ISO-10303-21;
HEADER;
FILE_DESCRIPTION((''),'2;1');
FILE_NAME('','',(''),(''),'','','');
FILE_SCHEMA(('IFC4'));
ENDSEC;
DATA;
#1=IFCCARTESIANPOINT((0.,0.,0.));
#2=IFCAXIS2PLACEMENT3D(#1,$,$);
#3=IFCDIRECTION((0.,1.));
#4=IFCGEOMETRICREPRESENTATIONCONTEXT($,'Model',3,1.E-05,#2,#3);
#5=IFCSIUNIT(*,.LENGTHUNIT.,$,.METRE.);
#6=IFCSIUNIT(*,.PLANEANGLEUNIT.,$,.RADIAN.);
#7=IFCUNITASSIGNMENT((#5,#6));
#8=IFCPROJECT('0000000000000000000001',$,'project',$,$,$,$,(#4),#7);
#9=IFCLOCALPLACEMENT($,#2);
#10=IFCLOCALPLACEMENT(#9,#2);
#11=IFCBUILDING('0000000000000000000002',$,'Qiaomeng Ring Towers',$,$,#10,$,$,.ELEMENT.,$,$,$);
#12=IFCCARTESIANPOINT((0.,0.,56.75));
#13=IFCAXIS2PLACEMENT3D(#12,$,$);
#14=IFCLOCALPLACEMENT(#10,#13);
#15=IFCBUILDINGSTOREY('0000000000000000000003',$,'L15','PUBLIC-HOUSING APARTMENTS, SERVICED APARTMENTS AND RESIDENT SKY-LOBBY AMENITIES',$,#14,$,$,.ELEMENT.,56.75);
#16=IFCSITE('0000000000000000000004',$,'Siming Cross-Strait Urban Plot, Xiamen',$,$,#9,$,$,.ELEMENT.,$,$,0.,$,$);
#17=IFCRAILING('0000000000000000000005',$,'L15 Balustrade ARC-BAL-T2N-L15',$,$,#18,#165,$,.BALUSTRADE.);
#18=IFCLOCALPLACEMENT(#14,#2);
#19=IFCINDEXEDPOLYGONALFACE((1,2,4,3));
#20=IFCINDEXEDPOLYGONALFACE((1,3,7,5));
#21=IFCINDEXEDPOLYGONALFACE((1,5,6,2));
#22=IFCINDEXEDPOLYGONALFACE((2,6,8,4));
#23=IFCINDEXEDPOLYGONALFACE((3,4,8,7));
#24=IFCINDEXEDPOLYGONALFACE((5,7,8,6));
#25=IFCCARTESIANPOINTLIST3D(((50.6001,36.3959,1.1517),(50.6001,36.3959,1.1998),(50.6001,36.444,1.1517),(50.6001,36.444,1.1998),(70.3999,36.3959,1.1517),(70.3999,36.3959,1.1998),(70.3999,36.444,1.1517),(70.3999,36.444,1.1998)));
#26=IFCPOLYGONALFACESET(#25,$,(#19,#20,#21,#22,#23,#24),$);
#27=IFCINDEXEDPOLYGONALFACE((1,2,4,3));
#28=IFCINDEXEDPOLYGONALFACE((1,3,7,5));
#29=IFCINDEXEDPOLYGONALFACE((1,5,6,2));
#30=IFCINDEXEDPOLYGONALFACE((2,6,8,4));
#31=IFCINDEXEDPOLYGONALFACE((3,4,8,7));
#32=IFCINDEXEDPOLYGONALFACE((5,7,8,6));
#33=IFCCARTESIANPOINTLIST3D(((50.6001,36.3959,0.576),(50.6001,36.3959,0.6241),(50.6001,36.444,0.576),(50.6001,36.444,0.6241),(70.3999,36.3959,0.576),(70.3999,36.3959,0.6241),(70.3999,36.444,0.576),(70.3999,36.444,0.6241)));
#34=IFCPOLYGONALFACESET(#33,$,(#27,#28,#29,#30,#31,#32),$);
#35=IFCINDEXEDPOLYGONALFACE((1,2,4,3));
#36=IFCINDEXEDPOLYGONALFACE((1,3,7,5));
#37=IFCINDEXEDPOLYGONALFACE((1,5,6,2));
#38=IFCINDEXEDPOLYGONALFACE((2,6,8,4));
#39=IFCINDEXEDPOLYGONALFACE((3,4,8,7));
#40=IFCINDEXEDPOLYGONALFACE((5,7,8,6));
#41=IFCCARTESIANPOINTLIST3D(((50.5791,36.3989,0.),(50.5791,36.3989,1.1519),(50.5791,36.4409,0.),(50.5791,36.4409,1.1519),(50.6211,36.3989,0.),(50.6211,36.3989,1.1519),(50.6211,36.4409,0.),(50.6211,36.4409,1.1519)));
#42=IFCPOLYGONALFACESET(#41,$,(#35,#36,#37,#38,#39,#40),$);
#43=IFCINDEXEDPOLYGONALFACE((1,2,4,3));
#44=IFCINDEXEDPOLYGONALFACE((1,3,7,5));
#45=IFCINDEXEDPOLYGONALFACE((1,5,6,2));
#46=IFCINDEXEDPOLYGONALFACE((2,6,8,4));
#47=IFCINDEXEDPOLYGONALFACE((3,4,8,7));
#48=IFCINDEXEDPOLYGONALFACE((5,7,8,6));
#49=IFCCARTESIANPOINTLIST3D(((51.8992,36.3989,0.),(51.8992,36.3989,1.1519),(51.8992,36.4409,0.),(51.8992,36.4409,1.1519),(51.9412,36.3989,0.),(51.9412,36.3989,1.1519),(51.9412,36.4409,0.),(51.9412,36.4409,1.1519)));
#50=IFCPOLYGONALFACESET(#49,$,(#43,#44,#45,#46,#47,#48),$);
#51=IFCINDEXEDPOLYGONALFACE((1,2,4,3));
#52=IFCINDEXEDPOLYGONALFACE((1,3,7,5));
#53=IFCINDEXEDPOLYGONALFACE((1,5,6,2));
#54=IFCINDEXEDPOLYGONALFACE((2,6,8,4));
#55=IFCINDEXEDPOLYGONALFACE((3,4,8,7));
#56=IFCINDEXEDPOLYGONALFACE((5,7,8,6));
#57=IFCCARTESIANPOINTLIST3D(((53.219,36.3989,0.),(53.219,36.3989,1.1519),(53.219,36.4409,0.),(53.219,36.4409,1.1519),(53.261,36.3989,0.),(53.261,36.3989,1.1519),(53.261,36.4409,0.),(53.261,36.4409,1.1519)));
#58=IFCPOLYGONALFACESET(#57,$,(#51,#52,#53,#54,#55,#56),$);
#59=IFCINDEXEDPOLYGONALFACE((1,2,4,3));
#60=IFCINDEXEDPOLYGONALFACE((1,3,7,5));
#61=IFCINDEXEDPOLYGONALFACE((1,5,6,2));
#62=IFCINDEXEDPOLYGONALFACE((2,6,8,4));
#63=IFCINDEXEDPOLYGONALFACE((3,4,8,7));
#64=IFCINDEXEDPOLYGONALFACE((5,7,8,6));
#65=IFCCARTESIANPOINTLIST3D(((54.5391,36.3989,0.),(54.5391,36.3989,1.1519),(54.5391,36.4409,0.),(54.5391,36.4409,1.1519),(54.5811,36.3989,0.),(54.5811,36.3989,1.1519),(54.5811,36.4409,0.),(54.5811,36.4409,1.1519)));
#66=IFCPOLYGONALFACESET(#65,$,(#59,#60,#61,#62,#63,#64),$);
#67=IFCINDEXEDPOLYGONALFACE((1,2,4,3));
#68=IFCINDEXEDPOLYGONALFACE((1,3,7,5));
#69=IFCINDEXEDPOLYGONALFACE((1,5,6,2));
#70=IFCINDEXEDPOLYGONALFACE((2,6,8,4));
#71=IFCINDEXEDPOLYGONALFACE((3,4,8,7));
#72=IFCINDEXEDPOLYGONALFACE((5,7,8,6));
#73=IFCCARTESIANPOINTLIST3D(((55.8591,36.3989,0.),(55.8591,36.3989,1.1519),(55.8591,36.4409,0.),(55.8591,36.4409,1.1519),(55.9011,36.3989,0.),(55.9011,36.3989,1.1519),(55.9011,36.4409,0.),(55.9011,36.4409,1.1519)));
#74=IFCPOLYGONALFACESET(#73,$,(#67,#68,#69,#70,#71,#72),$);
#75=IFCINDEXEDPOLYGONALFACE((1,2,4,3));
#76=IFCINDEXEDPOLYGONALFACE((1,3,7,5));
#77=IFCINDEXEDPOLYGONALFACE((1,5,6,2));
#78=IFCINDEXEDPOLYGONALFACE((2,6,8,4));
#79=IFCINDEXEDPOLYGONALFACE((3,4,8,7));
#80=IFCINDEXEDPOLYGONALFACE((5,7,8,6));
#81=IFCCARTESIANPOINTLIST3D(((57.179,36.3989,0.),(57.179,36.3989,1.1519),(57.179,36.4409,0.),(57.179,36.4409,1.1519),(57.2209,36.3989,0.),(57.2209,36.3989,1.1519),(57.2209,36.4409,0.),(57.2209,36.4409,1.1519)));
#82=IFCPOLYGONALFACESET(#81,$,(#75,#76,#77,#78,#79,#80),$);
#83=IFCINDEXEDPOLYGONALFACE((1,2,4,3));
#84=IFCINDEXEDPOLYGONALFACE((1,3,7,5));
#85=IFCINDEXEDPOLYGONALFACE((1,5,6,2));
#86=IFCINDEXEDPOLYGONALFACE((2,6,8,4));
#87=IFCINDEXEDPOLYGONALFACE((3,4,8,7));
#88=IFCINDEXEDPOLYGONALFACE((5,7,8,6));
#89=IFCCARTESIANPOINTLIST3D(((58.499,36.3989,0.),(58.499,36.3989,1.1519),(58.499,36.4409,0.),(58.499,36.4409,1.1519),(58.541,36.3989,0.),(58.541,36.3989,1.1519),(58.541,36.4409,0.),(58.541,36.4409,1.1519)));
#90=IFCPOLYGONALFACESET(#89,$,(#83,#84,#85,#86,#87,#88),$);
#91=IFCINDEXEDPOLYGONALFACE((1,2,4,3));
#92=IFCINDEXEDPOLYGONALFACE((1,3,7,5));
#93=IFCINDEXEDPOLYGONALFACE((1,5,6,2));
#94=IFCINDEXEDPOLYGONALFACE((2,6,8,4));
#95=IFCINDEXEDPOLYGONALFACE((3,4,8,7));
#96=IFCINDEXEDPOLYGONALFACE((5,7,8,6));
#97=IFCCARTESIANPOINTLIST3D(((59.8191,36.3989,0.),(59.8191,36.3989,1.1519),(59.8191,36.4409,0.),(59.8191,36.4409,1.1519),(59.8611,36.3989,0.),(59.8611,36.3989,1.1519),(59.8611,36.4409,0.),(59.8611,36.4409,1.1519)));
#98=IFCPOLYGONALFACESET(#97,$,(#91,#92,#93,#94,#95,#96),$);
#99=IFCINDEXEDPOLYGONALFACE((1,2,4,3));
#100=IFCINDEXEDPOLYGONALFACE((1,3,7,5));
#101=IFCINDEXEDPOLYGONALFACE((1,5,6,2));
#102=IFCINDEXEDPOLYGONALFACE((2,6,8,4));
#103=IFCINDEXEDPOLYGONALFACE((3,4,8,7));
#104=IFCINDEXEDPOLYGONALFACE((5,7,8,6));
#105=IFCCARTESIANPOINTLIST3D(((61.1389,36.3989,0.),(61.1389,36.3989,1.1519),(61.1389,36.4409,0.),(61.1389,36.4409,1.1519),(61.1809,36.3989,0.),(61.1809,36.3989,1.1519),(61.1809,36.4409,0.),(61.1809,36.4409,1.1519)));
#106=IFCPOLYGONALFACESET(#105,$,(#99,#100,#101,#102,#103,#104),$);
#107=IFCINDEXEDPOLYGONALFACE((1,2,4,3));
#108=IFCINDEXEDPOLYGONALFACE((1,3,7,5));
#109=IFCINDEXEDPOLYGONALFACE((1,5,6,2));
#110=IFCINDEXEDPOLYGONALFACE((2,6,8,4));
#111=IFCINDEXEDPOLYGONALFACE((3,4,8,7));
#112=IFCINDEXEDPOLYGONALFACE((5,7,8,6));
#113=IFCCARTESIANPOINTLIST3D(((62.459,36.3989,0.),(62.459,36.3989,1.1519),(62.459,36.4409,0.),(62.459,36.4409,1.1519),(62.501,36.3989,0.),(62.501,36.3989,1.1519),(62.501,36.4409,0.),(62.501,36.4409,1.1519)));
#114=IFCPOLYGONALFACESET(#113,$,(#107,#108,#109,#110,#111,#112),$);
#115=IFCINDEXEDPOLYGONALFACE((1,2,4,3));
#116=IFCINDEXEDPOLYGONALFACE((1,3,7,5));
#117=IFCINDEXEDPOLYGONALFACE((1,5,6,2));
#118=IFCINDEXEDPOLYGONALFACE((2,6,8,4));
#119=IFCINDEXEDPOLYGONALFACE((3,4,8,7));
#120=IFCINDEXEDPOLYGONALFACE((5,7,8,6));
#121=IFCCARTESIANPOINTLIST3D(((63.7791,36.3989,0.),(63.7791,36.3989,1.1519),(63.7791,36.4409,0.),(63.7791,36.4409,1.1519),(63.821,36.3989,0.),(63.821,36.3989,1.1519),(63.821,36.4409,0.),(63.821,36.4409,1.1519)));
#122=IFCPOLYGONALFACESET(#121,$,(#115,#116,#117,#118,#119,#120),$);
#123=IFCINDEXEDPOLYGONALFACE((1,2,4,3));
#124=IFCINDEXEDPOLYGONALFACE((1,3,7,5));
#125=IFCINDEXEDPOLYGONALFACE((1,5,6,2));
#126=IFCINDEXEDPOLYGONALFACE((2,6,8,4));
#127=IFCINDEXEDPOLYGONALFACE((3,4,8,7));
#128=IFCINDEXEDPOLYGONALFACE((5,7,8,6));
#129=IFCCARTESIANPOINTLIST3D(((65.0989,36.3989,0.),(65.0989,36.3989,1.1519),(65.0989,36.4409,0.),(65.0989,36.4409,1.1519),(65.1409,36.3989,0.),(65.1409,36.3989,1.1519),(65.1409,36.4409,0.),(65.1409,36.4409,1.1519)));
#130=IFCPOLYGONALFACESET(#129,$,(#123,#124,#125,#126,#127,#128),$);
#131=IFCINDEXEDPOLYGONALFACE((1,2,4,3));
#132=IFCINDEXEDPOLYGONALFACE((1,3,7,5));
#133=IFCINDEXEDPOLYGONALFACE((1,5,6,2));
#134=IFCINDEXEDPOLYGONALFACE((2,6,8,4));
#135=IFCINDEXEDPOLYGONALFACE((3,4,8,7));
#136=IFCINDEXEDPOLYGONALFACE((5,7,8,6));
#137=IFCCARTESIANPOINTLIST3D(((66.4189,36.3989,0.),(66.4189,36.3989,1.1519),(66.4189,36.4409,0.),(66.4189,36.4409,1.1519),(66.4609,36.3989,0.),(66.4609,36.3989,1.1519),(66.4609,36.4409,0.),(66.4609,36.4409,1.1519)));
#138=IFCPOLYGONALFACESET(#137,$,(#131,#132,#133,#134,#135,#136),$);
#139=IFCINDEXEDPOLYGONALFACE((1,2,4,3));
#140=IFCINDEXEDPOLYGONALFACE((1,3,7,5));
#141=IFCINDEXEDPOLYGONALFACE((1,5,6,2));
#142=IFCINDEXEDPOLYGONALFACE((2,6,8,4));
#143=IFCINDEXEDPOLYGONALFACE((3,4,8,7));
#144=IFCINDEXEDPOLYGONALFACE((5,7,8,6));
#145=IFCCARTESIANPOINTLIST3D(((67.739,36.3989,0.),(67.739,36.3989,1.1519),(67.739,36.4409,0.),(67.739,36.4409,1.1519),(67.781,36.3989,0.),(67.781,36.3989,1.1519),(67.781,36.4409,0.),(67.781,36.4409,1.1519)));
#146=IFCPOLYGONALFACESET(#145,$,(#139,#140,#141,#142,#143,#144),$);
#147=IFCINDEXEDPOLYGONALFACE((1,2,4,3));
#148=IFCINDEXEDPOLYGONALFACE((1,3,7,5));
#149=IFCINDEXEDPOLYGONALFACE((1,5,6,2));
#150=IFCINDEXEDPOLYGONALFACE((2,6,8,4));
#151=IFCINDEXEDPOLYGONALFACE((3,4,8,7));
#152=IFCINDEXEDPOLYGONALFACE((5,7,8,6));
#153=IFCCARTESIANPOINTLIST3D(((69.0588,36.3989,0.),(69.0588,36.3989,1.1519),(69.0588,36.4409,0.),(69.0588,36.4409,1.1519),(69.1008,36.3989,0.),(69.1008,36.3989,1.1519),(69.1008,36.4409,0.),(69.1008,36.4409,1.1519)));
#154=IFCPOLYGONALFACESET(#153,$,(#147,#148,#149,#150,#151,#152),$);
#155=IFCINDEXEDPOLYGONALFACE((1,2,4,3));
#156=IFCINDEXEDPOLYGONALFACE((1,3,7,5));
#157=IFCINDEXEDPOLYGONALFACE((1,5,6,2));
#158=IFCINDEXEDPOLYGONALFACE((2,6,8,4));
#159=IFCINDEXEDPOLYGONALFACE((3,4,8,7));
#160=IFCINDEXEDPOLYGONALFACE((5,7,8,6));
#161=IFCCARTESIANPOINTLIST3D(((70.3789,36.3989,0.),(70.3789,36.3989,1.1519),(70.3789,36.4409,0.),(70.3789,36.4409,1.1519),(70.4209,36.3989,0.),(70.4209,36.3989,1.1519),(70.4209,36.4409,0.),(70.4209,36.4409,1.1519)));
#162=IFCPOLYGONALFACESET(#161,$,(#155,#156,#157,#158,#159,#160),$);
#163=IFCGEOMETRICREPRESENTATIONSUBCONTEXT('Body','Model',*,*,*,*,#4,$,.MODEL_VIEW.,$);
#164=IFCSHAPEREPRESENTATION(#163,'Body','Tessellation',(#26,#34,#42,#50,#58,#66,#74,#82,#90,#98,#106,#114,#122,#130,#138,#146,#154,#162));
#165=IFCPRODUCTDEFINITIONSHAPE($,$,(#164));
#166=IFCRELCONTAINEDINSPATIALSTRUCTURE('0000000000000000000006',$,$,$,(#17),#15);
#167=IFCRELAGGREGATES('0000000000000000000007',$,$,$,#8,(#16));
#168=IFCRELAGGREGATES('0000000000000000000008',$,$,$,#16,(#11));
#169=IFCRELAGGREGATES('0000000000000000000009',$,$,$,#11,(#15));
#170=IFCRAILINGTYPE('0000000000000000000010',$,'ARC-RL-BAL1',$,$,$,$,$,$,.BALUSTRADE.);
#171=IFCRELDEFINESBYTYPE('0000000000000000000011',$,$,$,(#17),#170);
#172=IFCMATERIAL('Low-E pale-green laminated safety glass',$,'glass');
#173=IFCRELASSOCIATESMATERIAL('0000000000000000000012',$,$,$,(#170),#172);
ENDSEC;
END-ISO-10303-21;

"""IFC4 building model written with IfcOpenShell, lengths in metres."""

from ifc_helpers import new_model, si_unit, direction, frame, origin, origin_2d, place, context, subcontext, project, spatial, rectangle, extrude, material, type_object, element, save


model = new_model("IFC4")

# Units and contexts
model_context = context("Model", 3, precision=1e-05, world=origin(), true_north=direction((0.0, 1.0)))
body_context = subcontext(model_context, "Body", "Model", "MODEL_VIEW")
ifc_project = project(units=[si_unit("LENGTHUNIT", "METRE"), si_unit("PLANEANGLEUNIT", "RADIAN")], contexts=[model_context])

# Site, building, storey
site_placement = place(None, origin())
site = spatial("IfcSite", under=ifc_project, at=site_placement, Name="Siming Cross-Strait Urban Plot, Xiamen", CompositionType="ELEMENT", RefElevation=0.0)
building_placement = place(site_placement, origin())
building = spatial("IfcBuilding", under=site, at=building_placement, Name="Qiaomeng Ring Towers", CompositionType="ELEMENT")
storey_placement = place(building_placement, frame((0.0, 0.0, 56.75)))
storey = spatial("IfcBuildingStorey", under=building, at=storey_placement, Name="L15", Description="PUBLIC-HOUSING APARTMENTS, SERVICED APARTMENTS AND RESIDENT SKY-LOBBY AMENITIES", CompositionType="ELEMENT", Elevation=56.75)

# Railing
ifc_material_1 = material(Name="Low-E pale-green laminated safety glass", Category="glass")
railing_type = type_object("IfcRailingType", Name="ARC-RL-BAL1", PredefinedType="BALUSTRADE", material=ifc_material_1)
railing_1_placement = place(storey_placement, frame((50.6001, 36.4199, 0.0)))
element("IfcRailing", 1, at=railing_1_placement, inside=storey, type_object=railing_type, Name="L15 Balustrade ARC-BAL-T2N-L15", PredefinedType="BALUSTRADE", context=body_context, shape_type="SweptSolid", body=[
    extrude(rectangle(XDim=0.0481, YDim=0.0481, at=origin_2d()), frame((0.0, 0.0, 1.1758), z_axis=(1.0, 0.0, 0.0), x_axis=(0.0, 1.0, 0.0)), (0.0, 0.0, 1.0), 19.7998),
    extrude(rectangle(XDim=0.0481, YDim=0.0481, at=origin_2d()), frame((0.0, 0.0, 0.6001), z_axis=(1.0, 0.0, 0.0), x_axis=(0.0, 1.0, 0.0)), (0.0, 0.0, 1.0), 19.7998),
    extrude(rectangle(XDim=0.042, YDim=0.042, at=origin_2d()), origin(), (0.0, 0.0, 1.0), 1.1519),
    extrude(rectangle(XDim=0.042, YDim=0.042, at=origin_2d()), frame((1.3201, 0.0, 0.0)), (0.0, 0.0, 1.0), 1.1519),
    extrude(rectangle(XDim=0.042, YDim=0.042, at=origin_2d()), frame((2.6399, 0.0, 0.0)), (0.0, 0.0, 1.0), 1.1519),
    extrude(rectangle(XDim=0.042, YDim=0.042, at=origin_2d()), frame((3.96, 0.0, 0.0)), (0.0, 0.0, 1.0), 1.1519),
    extrude(rectangle(XDim=0.042, YDim=0.042, at=origin_2d()), frame((5.28, 0.0, 0.0)), (0.0, 0.0, 1.0), 1.1519),
    extrude(rectangle(XDim=0.042, YDim=0.042, at=origin_2d()), frame((6.5999, 0.0, 0.0)), (0.0, 0.0, 1.0), 1.1519),
    extrude(rectangle(XDim=0.042, YDim=0.042, at=origin_2d()), frame((7.9199, 0.0, 0.0)), (0.0, 0.0, 1.0), 1.1519),
    extrude(rectangle(XDim=0.042, YDim=0.042, at=origin_2d()), frame((9.24, 0.0, 0.0)), (0.0, 0.0, 1.0), 1.1519),
    extrude(rectangle(XDim=0.042, YDim=0.042, at=origin_2d()), frame((10.5598, 0.0, 0.0)), (0.0, 0.0, 1.0), 1.1519),
    extrude(rectangle(XDim=0.042, YDim=0.042, at=origin_2d()), frame((11.8799, 0.0, 0.0)), (0.0, 0.0, 1.0), 1.1519),
    extrude(rectangle(XDim=0.042, YDim=0.042, at=origin_2d()), frame((13.2, 0.0, 0.0)), (0.0, 0.0, 1.0), 1.1519),
    extrude(rectangle(XDim=0.042, YDim=0.042, at=origin_2d()), frame((14.5198, 0.0, 0.0)), (0.0, 0.0, 1.0), 1.1519),
    extrude(rectangle(XDim=0.042, YDim=0.042, at=origin_2d()), frame((15.8398, 0.0, 0.0)), (0.0, 0.0, 1.0), 1.1519),
    extrude(rectangle(XDim=0.042, YDim=0.042, at=origin_2d()), frame((17.1599, 0.0, 0.0)), (0.0, 0.0, 1.0), 1.1519),
    extrude(rectangle(XDim=0.042, YDim=0.042, at=origin_2d()), frame((18.4797, 0.0, 0.0)), (0.0, 0.0, 1.0), 1.1519),
    extrude(rectangle(XDim=0.042, YDim=0.042, at=origin_2d()), frame((19.7998, 0.0, 0.0)), (0.0, 0.0, 1.0), 1.1519),
])

save(model, "model.ifc")
